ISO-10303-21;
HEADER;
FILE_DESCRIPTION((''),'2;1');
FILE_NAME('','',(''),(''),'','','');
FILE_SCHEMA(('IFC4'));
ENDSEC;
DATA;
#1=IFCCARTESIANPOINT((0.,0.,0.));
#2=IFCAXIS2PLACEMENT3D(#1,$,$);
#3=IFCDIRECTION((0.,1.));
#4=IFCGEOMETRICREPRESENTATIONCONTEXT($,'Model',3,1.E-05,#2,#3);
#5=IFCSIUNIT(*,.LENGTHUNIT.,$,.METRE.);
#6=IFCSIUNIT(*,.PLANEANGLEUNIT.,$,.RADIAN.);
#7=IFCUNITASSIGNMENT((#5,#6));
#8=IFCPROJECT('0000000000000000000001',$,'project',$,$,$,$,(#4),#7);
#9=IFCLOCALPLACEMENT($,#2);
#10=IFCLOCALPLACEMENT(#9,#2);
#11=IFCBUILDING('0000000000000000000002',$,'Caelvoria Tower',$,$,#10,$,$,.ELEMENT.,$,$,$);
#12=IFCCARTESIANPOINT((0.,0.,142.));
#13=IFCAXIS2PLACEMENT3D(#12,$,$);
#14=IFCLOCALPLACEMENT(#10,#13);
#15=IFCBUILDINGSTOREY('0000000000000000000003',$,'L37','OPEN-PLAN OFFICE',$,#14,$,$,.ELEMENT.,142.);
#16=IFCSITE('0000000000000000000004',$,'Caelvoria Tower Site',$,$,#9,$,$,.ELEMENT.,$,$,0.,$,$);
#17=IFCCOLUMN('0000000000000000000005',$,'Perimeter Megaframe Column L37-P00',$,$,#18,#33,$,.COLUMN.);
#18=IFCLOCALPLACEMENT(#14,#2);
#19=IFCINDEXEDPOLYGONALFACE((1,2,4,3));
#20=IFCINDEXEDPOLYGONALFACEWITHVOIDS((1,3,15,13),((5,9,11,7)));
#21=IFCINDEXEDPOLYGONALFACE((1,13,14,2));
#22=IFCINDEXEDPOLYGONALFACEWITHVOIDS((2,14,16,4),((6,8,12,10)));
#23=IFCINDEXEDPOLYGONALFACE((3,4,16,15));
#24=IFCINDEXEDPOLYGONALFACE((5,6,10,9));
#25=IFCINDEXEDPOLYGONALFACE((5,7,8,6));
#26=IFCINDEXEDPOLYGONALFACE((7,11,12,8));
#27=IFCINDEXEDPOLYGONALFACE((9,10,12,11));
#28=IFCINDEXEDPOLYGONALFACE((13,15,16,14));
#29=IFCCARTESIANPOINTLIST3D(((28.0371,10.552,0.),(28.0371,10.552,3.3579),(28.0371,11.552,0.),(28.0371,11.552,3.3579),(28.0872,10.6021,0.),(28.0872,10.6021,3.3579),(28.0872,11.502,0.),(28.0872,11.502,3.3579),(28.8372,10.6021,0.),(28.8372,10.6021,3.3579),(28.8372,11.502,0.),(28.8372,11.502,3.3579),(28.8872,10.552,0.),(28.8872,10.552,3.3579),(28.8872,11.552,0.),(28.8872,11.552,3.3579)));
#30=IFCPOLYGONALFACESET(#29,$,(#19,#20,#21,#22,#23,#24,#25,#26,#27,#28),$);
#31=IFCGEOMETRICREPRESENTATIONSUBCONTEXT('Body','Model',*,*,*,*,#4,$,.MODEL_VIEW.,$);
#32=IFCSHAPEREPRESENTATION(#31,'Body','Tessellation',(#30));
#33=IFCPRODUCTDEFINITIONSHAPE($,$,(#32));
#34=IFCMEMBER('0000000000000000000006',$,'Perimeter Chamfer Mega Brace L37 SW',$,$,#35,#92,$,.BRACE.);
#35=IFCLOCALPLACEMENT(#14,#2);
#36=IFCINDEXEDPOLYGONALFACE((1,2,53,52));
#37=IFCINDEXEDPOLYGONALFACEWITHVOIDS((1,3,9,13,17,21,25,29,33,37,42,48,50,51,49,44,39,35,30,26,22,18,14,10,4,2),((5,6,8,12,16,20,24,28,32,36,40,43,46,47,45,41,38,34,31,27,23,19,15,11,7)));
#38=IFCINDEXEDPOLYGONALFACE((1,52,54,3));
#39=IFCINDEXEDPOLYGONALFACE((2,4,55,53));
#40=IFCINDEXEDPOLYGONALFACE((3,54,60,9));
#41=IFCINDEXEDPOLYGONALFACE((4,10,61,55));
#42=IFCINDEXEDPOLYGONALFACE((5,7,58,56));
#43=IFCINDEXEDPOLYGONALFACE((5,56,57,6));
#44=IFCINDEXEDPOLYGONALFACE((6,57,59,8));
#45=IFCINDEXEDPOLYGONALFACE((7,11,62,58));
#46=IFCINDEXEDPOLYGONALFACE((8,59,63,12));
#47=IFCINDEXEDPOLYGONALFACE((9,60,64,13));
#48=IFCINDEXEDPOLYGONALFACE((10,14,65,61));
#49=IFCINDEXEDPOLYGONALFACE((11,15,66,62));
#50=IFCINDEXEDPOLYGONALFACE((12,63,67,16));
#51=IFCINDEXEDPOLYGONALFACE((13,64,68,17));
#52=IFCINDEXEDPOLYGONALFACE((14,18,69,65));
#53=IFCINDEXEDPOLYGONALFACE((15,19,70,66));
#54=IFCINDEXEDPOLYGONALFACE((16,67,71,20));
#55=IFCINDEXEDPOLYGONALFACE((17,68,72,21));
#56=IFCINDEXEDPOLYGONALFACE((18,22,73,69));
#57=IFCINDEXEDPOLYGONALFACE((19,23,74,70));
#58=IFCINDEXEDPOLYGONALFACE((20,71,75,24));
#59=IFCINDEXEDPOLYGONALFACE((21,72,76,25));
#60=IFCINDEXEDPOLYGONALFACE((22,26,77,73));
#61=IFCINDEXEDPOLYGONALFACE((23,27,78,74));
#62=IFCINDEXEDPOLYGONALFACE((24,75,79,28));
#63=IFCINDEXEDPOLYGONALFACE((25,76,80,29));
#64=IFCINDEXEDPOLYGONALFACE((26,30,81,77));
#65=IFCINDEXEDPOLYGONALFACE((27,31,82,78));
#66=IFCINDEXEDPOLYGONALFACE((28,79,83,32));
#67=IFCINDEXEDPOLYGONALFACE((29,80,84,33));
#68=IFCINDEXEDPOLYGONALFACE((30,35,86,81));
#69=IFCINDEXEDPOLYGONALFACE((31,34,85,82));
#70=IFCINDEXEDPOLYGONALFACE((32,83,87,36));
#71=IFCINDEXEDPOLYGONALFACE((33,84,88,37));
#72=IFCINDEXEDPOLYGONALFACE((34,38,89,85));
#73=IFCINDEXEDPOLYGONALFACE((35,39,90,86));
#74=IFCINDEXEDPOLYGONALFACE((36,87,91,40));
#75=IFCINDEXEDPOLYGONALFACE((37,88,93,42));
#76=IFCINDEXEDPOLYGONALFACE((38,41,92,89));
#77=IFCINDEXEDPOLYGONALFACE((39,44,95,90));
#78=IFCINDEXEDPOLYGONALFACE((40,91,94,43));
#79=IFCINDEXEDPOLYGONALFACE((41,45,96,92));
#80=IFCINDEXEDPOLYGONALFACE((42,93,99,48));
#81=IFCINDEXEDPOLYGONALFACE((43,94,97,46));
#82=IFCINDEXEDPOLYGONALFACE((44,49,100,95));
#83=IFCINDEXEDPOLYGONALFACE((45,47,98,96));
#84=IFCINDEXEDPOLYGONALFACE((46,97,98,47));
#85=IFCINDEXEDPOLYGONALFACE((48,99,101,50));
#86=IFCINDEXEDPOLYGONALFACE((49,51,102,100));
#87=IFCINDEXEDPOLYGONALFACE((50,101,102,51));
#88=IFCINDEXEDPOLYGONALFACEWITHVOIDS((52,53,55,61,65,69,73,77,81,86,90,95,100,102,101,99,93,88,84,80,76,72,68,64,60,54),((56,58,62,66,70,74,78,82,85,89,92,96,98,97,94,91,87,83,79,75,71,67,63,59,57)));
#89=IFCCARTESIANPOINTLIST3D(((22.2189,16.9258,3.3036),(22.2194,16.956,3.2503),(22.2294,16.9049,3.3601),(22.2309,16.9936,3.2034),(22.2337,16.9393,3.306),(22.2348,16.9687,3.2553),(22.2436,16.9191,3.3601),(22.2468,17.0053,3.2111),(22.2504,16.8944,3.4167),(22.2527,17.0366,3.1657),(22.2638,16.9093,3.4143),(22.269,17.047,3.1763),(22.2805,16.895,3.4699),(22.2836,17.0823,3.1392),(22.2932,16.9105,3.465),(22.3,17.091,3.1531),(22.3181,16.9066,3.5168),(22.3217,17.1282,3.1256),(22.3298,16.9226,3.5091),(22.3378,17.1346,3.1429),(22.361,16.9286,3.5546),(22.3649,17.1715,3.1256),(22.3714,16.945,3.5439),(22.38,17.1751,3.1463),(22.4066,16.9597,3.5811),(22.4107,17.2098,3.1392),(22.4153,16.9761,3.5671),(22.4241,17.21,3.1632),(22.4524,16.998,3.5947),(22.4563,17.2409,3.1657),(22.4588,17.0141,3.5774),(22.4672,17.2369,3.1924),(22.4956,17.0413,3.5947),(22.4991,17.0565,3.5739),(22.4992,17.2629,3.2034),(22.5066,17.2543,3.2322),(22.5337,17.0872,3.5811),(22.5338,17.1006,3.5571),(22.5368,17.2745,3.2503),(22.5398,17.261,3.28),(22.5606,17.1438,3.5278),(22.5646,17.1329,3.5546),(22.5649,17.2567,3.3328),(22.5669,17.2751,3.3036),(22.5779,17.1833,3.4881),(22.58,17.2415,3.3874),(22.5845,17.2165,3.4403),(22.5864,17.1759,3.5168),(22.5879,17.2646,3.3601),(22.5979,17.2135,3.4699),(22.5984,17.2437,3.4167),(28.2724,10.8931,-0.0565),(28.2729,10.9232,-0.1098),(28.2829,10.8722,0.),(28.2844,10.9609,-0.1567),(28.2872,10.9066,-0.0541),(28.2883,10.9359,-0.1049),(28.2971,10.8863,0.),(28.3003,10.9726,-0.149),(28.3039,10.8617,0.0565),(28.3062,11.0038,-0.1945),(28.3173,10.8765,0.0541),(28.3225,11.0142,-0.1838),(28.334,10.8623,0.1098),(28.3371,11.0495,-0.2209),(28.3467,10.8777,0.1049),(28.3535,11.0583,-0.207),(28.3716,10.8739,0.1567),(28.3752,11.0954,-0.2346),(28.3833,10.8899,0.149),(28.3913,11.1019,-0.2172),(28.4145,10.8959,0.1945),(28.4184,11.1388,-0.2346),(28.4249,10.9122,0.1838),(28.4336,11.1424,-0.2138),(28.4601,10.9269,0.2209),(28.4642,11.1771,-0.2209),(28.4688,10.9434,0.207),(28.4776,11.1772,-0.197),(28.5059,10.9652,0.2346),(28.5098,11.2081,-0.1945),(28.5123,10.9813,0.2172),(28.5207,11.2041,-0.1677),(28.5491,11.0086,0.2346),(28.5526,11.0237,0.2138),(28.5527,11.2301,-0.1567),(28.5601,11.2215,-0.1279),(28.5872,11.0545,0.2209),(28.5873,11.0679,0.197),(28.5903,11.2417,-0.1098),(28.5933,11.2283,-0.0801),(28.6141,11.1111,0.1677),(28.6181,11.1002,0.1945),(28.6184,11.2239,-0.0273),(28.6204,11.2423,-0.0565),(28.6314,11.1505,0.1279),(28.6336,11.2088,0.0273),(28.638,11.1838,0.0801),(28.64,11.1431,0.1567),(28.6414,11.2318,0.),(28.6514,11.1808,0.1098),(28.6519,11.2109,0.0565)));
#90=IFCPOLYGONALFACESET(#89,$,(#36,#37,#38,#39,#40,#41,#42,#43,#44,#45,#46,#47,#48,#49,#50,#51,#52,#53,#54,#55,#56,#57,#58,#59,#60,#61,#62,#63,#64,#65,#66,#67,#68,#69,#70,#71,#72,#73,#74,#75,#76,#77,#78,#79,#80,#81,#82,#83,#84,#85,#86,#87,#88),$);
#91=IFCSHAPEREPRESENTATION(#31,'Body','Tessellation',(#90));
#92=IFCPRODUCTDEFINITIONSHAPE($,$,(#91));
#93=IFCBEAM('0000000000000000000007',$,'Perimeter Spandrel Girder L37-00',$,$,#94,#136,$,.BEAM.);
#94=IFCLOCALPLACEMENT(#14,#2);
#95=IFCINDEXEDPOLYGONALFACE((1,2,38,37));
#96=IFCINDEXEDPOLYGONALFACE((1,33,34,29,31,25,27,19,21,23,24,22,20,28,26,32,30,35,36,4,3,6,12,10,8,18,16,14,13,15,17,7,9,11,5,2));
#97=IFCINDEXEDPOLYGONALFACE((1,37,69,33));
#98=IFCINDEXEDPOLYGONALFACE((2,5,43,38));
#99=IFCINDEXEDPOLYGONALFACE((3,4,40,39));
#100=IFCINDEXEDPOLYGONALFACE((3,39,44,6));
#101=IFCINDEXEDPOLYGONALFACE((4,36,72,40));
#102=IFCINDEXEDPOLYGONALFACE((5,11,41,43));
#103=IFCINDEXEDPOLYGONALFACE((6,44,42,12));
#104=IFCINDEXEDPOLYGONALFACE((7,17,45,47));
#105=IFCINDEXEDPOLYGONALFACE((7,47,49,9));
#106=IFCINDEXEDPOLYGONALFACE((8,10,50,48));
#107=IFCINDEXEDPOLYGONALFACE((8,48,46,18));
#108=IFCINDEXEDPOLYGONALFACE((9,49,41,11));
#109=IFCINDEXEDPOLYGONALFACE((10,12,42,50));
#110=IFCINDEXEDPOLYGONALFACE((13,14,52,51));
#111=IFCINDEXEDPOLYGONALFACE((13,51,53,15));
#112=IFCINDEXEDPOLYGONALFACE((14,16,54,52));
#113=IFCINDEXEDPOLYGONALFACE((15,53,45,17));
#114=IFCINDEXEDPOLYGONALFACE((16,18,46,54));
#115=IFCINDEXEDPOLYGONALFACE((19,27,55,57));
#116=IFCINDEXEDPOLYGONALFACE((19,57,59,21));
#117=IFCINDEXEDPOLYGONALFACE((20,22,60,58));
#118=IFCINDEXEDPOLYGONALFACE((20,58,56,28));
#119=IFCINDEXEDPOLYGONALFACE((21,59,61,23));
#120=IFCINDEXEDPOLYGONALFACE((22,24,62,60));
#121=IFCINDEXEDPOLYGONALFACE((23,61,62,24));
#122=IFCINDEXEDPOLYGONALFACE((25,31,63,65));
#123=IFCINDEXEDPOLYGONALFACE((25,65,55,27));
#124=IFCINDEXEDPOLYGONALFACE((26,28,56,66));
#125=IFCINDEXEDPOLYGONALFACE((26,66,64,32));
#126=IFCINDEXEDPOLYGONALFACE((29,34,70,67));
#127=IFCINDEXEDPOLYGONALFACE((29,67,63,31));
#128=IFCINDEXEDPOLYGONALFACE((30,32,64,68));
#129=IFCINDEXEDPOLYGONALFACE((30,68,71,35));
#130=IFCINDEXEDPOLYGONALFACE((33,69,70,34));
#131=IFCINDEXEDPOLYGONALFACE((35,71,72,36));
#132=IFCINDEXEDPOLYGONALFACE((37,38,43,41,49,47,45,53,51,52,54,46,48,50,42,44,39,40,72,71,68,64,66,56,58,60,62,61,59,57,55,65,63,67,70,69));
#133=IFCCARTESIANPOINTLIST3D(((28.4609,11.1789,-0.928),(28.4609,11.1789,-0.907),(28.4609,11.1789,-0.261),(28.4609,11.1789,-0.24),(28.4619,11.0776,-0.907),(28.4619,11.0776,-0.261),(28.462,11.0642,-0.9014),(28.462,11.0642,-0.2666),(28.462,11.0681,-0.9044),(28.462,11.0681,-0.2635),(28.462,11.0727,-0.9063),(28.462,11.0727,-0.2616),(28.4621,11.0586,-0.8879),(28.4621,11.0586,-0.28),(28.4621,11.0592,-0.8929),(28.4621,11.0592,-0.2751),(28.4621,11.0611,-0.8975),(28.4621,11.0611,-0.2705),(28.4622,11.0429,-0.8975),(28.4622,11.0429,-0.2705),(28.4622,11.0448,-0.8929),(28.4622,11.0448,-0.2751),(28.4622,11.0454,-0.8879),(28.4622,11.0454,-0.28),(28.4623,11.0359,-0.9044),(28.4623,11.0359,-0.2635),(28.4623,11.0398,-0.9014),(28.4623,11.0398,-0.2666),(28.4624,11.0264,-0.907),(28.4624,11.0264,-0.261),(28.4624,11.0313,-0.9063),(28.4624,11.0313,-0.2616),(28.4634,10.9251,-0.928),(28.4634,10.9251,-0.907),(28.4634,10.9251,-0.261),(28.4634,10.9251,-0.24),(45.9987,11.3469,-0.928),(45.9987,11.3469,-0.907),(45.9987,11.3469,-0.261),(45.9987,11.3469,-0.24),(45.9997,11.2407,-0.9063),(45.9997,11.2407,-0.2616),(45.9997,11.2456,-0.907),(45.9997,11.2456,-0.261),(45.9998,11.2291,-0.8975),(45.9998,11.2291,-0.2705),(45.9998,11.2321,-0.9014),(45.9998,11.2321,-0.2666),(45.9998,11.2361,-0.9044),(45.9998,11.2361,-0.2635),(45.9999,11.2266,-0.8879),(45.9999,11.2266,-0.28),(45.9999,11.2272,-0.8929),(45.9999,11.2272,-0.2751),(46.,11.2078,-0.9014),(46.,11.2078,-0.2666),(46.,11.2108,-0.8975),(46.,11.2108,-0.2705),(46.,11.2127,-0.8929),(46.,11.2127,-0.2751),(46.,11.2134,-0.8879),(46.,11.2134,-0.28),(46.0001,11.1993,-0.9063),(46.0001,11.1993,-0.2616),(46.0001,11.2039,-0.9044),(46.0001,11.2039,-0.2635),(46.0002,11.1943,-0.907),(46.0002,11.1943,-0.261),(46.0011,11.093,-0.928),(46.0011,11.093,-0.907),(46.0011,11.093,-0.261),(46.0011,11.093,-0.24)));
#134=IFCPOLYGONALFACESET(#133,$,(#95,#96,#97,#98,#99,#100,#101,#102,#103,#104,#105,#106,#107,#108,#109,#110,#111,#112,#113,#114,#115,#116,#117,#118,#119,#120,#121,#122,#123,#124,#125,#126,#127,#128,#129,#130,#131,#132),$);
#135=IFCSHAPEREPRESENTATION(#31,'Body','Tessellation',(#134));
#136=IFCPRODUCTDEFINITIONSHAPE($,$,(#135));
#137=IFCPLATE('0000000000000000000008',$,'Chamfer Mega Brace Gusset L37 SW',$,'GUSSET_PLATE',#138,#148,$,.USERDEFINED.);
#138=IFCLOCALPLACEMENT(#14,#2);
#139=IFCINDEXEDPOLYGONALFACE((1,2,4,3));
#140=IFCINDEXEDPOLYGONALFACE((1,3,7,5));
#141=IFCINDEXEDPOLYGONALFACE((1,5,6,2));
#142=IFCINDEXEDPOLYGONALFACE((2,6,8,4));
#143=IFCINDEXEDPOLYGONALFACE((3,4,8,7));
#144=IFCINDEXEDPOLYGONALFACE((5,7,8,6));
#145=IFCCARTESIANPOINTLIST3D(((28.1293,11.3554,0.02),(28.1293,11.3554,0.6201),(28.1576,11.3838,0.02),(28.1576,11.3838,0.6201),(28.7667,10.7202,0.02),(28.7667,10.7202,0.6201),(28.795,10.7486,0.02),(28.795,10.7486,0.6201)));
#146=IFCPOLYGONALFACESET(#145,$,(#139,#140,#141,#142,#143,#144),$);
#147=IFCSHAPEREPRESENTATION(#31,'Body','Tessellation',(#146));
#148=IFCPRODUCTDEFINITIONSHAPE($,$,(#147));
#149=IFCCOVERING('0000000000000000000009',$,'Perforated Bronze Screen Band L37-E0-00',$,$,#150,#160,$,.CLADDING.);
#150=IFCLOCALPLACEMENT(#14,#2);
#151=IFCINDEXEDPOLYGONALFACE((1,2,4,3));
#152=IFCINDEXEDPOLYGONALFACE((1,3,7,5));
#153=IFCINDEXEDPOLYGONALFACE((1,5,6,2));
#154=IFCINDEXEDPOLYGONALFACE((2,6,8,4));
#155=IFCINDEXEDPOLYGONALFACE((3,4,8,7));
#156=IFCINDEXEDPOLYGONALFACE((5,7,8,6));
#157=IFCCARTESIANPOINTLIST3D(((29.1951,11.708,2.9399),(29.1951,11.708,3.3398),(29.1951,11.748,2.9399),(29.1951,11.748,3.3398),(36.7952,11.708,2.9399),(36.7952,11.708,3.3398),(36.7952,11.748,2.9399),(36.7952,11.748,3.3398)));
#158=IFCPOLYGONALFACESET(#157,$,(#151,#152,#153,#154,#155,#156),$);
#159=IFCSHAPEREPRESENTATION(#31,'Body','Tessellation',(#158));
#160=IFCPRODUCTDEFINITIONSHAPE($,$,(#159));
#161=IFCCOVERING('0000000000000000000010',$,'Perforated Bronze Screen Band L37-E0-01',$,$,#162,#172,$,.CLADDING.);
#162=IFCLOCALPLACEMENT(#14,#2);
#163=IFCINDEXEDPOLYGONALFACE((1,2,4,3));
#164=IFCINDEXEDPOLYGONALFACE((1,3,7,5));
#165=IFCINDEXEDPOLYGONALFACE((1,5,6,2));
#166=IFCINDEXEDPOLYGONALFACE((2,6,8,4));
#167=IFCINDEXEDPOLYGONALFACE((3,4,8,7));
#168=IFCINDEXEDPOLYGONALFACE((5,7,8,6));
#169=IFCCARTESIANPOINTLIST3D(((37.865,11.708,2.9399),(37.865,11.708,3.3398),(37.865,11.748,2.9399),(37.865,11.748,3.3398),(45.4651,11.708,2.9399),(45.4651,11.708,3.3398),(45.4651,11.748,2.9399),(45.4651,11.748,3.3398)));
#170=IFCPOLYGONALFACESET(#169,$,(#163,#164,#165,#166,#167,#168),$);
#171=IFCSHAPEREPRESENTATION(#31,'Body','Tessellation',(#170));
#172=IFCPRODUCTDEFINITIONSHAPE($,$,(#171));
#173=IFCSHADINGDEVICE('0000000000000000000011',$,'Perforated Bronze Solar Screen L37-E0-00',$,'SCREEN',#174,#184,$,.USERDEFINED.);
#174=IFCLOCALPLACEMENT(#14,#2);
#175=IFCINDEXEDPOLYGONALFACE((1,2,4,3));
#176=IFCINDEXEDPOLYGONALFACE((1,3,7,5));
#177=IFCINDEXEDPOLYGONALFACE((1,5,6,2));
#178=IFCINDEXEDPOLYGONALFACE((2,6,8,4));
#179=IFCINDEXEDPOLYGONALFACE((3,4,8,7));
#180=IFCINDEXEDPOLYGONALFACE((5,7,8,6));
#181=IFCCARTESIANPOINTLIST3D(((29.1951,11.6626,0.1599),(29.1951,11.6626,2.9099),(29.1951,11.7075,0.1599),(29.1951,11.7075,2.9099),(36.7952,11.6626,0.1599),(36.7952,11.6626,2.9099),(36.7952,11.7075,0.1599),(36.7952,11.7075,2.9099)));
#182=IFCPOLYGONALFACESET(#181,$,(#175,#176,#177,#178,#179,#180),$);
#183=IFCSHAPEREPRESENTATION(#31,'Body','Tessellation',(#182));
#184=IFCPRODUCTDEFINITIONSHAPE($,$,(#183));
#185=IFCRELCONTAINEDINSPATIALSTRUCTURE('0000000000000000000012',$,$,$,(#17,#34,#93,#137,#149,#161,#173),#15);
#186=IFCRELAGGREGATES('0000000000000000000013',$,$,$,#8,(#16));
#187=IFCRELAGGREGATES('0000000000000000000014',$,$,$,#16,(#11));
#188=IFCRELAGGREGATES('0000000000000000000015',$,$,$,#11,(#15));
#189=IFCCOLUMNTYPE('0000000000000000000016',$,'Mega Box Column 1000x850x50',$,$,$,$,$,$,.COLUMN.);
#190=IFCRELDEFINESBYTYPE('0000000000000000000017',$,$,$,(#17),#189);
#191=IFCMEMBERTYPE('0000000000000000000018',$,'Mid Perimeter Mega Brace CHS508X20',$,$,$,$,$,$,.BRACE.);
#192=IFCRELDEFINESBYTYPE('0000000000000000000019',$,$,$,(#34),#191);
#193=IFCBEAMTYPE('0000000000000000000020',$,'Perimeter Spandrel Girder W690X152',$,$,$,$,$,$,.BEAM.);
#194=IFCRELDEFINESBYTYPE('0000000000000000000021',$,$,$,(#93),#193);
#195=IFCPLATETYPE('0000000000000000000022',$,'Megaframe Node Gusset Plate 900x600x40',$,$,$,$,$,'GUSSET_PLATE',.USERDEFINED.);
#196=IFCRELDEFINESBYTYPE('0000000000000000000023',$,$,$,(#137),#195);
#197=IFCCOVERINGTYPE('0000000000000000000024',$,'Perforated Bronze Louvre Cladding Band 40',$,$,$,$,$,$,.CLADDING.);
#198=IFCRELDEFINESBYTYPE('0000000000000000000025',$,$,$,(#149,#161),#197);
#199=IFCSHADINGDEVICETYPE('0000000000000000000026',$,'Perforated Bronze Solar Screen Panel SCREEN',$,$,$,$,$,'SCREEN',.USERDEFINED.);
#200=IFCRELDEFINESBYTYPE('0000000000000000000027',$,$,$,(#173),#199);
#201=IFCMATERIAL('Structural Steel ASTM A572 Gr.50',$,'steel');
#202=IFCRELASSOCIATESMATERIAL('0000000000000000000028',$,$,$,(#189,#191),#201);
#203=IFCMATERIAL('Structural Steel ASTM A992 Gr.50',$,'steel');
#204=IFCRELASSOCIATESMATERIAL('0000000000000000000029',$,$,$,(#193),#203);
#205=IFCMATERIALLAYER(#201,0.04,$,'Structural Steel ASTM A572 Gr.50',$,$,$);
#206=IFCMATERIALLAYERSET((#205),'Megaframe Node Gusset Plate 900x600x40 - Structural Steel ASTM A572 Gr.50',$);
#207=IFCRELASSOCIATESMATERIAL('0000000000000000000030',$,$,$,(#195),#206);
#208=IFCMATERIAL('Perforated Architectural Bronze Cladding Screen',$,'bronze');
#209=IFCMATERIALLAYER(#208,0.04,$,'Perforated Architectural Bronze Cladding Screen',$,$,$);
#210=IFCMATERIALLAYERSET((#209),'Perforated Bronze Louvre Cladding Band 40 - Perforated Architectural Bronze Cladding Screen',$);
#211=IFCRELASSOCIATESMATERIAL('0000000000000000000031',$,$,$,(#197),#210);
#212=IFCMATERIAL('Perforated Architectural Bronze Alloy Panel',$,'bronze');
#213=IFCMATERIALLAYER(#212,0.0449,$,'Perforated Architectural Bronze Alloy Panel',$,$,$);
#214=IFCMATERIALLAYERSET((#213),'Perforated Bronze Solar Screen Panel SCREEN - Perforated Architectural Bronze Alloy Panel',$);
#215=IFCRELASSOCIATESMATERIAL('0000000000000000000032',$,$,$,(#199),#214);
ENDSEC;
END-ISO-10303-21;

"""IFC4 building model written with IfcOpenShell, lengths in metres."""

from ifc_helpers import new_model, si_unit, direction, frame, origin, origin_2d, place, context, subcontext, project, spatial, rectangle, hollow_rectangle, hollow_circle, i_section, extrude, material, layer, layer_set, material_profile, profile_set, type_object, element, save


model = new_model("IFC4")

# Units and contexts
model_context = context("Model", 3, precision=1e-05, world=origin(), true_north=direction((0.0, 1.0)))
body_context = subcontext(model_context, "Body", "Model", "MODEL_VIEW")
ifc_project = project(units=[si_unit("LENGTHUNIT", "METRE"), si_unit("PLANEANGLEUNIT", "RADIAN")], contexts=[model_context])

# Site, building, storey
site_placement = place(None, origin())
site = spatial("IfcSite", under=ifc_project, at=site_placement, Name="Caelvoria Tower Site", CompositionType="ELEMENT", RefElevation=0.0)
building_placement = place(site_placement, origin())
building = spatial("IfcBuilding", under=site, at=building_placement, Name="Caelvoria Tower", CompositionType="ELEMENT")
storey_placement = place(building_placement, frame((0.0, 0.0, 142.0)))
storey = spatial("IfcBuildingStorey", under=building, at=storey_placement, Name="L37", Description="OPEN-PLAN OFFICE", CompositionType="ELEMENT", Elevation=142.0)

# Column
ifc_material_1 = material(Name="Structural Steel ASTM A572 Gr.50", Category="steel")
ifc_material_profile_1 = material_profile(ifc_material_1, hollow_rectangle(XDim=0.8501, YDim=1.0, WallThickness=0.05, at=origin_2d()), Name="Structural Steel ASTM A572 Gr.50")
ifc_profile_set_1 = profile_set([ifc_material_profile_1], Name="BOX1000X850X50 - Structural Steel ASTM A572 Gr.50")
column_type = type_object("IfcColumnType", Name="Mega Box Column 1000x850x50", PredefinedType="COLUMN", material=ifc_profile_set_1)
column_placement = place(storey_placement, frame((28.4622, 11.052, 0.0), z_axis=(0.0, 0.0, 1.0), x_axis=(1.0, 0.0, 0.0)))
element("IfcColumn", 1, at=column_placement, inside=storey, type_object=column_type, Name="Perimeter Megaframe Column L37-P00", PredefinedType="COLUMN", context=body_context, shape_type="SweptSolid", body=[
    extrude(hollow_rectangle(XDim=0.8501, YDim=1.0, WallThickness=0.05, at=origin_2d()), origin(), (0.0, 0.0, 1.0), 3.3579),
])

# Member
ifc_material_profile_2 = material_profile(ifc_material_1, hollow_circle(Radius=0.2539, WallThickness=0.02, at=origin_2d()), Name="Structural Steel ASTM A572 Gr.50")
ifc_profile_set_2 = profile_set([ifc_material_profile_2], Name="CHS508X20 - Structural Steel ASTM A572 Gr.50")
member_type = type_object("IfcMemberType", Name="Mid Perimeter Mega Brace CHS508X20", PredefinedType="BRACE", material=ifc_profile_set_2)
member_placement = place(storey_placement, frame((28.4622, 11.052, 0.0), z_axis=(-0.6592, 0.65694, 0.365903), x_axis=(-0.705892, -0.70832, 0.0)))
element("IfcMember", 2, at=member_placement, inside=storey, type_object=member_type, Name="Perimeter Chamfer Mega Brace L37 SW", PredefinedType="BRACE", context=body_context, shape_type="SweptSolid", body=[
    extrude(hollow_circle(Radius=0.2539, WallThickness=0.02, at=origin_2d()), origin(), (0.0, 0.0, 1.0), 9.1831),
])

# Beam
ifc_material_2 = material(Name="Structural Steel ASTM A992 Gr.50", Category="steel")
ifc_material_profile_3 = material_profile(ifc_material_2, i_section(OverallWidth=0.2539, OverallDepth=0.688, WebThickness=0.0132, FlangeThickness=0.021, FilletRadius=0.019, at=origin_2d()), Name="Structural Steel ASTM A992 Gr.50")
ifc_profile_set_3 = profile_set([ifc_material_profile_3], Name="W690X152 - Structural Steel ASTM A992 Gr.50")
beam_type = type_object("IfcBeamType", Name="Perimeter Spandrel Girder W690X152", PredefinedType="BEAM", material=ifc_profile_set_3)
beam_placement = place(storey_placement, frame((28.4622, 11.052, -0.584), z_axis=(0.999954, 0.009577, 0.0), x_axis=(-0.009577, 0.999954, 0.0)))
element("IfcBeam", 3, at=beam_placement, inside=storey, type_object=beam_type, Name="Perimeter Spandrel Girder L37-00", PredefinedType="BEAM", context=body_context, shape_type="SweptSolid", body=[
    extrude(i_section(OverallWidth=0.2539, OverallDepth=0.688, WebThickness=0.0132, FlangeThickness=0.021, FilletRadius=0.019, at=origin_2d()), origin(), (0.0, 0.0, 1.0), 17.5386),
])

# Plate
ifc_layer_1 = layer(ifc_material_1, 0.04, Name="Structural Steel ASTM A572 Gr.50")
ifc_layer_set_1 = layer_set([ifc_layer_1], Name="Megaframe Node Gusset Plate 900x600x40 - Structural Steel ASTM A572 Gr.50")
plate_type = type_object("IfcPlateType", Name="Megaframe Node Gusset Plate 900x600x40", ElementType="GUSSET_PLATE", PredefinedType="USERDEFINED", material=ifc_layer_set_1)
plate_placement = place(storey_placement, frame((28.4622, 11.052, 0.02), z_axis=(0.0, 0.0, 1.0), x_axis=(-0.708329, 0.705883, 0.0)))
element("IfcPlate", 4, at=plate_placement, inside=storey, type_object=plate_type, Name="Chamfer Mega Brace Gusset L37 SW", ObjectType="GUSSET_PLATE", PredefinedType="USERDEFINED", context=body_context, shape_type="SweptSolid", body=[
    extrude(rectangle(XDim=0.8999, YDim=0.04, at=origin_2d()), origin(), (0.0, 0.0, 1.0), 0.6001),
])

# Coverings
ifc_material_3 = material(Name="Perforated Architectural Bronze Cladding Screen", Category="bronze")
ifc_layer_2 = layer(ifc_material_3, 0.04, Name="Perforated Architectural Bronze Cladding Screen")
ifc_layer_set_2 = layer_set([ifc_layer_2], Name="Perforated Bronze Louvre Cladding Band 40 - Perforated Architectural Bronze Cladding Screen")
covering_type = type_object("IfcCoveringType", Name="Perforated Bronze Louvre Cladding Band 40", PredefinedType="CLADDING", material=ifc_layer_set_2)
for number, where, z_axis, x_axis, name in (
    (5, (32.9951, 11.728, 2.9399), (0.0, 0.0, 1.0), (1.0, 0.0, 0.0), "Perforated Bronze Screen Band L37-E0-00"),
    (6, (41.665, 11.728, 2.9399), (0.0, 0.0, 1.0), (1.0, 0.0, 0.0), "Perforated Bronze Screen Band L37-E0-01"),
):
    element("IfcCovering", number, at=place(storey_placement, frame(where, z_axis=z_axis, x_axis=x_axis)), inside=storey, type_object=covering_type, Name=name, PredefinedType="CLADDING", context=body_context, shape_type="SweptSolid", body=[
        extrude(rectangle(XDim=7.6001, YDim=0.04, at=origin_2d()), origin(), (0.0, 0.0, 1.0), 0.3999),
    ])

# Shading device
ifc_material_4 = material(Name="Perforated Architectural Bronze Alloy Panel", Category="bronze")
ifc_layer_3 = layer(ifc_material_4, 0.0449, Name="Perforated Architectural Bronze Alloy Panel")
ifc_layer_set_3 = layer_set([ifc_layer_3], Name="Perforated Bronze Solar Screen Panel SCREEN - Perforated Architectural Bronze Alloy Panel")
shading_device_type = type_object("IfcShadingDeviceType", Name="Perforated Bronze Solar Screen Panel SCREEN", ElementType="SCREEN", PredefinedType="USERDEFINED", material=ifc_layer_set_3)
for number, where, z_axis, x_axis, name in (
    (7, (32.9951, 11.6851, 0.1599), (0.0, 0.0, 1.0), (1.0, 0.0, 0.0), "Perforated Bronze Solar Screen L37-E0-00"),
):
    element("IfcShadingDevice", number, at=place(storey_placement, frame(where, z_axis=z_axis, x_axis=x_axis)), inside=storey, type_object=shading_device_type, Name=name, ObjectType="SCREEN", PredefinedType="USERDEFINED", context=body_context, shape_type="SweptSolid", body=[
        extrude(rectangle(XDim=7.6001, YDim=0.0449, at=origin_2d()), origin(), (0.0, 0.0, 1.0), 2.75),
    ])

save(model, "model.ifc")
